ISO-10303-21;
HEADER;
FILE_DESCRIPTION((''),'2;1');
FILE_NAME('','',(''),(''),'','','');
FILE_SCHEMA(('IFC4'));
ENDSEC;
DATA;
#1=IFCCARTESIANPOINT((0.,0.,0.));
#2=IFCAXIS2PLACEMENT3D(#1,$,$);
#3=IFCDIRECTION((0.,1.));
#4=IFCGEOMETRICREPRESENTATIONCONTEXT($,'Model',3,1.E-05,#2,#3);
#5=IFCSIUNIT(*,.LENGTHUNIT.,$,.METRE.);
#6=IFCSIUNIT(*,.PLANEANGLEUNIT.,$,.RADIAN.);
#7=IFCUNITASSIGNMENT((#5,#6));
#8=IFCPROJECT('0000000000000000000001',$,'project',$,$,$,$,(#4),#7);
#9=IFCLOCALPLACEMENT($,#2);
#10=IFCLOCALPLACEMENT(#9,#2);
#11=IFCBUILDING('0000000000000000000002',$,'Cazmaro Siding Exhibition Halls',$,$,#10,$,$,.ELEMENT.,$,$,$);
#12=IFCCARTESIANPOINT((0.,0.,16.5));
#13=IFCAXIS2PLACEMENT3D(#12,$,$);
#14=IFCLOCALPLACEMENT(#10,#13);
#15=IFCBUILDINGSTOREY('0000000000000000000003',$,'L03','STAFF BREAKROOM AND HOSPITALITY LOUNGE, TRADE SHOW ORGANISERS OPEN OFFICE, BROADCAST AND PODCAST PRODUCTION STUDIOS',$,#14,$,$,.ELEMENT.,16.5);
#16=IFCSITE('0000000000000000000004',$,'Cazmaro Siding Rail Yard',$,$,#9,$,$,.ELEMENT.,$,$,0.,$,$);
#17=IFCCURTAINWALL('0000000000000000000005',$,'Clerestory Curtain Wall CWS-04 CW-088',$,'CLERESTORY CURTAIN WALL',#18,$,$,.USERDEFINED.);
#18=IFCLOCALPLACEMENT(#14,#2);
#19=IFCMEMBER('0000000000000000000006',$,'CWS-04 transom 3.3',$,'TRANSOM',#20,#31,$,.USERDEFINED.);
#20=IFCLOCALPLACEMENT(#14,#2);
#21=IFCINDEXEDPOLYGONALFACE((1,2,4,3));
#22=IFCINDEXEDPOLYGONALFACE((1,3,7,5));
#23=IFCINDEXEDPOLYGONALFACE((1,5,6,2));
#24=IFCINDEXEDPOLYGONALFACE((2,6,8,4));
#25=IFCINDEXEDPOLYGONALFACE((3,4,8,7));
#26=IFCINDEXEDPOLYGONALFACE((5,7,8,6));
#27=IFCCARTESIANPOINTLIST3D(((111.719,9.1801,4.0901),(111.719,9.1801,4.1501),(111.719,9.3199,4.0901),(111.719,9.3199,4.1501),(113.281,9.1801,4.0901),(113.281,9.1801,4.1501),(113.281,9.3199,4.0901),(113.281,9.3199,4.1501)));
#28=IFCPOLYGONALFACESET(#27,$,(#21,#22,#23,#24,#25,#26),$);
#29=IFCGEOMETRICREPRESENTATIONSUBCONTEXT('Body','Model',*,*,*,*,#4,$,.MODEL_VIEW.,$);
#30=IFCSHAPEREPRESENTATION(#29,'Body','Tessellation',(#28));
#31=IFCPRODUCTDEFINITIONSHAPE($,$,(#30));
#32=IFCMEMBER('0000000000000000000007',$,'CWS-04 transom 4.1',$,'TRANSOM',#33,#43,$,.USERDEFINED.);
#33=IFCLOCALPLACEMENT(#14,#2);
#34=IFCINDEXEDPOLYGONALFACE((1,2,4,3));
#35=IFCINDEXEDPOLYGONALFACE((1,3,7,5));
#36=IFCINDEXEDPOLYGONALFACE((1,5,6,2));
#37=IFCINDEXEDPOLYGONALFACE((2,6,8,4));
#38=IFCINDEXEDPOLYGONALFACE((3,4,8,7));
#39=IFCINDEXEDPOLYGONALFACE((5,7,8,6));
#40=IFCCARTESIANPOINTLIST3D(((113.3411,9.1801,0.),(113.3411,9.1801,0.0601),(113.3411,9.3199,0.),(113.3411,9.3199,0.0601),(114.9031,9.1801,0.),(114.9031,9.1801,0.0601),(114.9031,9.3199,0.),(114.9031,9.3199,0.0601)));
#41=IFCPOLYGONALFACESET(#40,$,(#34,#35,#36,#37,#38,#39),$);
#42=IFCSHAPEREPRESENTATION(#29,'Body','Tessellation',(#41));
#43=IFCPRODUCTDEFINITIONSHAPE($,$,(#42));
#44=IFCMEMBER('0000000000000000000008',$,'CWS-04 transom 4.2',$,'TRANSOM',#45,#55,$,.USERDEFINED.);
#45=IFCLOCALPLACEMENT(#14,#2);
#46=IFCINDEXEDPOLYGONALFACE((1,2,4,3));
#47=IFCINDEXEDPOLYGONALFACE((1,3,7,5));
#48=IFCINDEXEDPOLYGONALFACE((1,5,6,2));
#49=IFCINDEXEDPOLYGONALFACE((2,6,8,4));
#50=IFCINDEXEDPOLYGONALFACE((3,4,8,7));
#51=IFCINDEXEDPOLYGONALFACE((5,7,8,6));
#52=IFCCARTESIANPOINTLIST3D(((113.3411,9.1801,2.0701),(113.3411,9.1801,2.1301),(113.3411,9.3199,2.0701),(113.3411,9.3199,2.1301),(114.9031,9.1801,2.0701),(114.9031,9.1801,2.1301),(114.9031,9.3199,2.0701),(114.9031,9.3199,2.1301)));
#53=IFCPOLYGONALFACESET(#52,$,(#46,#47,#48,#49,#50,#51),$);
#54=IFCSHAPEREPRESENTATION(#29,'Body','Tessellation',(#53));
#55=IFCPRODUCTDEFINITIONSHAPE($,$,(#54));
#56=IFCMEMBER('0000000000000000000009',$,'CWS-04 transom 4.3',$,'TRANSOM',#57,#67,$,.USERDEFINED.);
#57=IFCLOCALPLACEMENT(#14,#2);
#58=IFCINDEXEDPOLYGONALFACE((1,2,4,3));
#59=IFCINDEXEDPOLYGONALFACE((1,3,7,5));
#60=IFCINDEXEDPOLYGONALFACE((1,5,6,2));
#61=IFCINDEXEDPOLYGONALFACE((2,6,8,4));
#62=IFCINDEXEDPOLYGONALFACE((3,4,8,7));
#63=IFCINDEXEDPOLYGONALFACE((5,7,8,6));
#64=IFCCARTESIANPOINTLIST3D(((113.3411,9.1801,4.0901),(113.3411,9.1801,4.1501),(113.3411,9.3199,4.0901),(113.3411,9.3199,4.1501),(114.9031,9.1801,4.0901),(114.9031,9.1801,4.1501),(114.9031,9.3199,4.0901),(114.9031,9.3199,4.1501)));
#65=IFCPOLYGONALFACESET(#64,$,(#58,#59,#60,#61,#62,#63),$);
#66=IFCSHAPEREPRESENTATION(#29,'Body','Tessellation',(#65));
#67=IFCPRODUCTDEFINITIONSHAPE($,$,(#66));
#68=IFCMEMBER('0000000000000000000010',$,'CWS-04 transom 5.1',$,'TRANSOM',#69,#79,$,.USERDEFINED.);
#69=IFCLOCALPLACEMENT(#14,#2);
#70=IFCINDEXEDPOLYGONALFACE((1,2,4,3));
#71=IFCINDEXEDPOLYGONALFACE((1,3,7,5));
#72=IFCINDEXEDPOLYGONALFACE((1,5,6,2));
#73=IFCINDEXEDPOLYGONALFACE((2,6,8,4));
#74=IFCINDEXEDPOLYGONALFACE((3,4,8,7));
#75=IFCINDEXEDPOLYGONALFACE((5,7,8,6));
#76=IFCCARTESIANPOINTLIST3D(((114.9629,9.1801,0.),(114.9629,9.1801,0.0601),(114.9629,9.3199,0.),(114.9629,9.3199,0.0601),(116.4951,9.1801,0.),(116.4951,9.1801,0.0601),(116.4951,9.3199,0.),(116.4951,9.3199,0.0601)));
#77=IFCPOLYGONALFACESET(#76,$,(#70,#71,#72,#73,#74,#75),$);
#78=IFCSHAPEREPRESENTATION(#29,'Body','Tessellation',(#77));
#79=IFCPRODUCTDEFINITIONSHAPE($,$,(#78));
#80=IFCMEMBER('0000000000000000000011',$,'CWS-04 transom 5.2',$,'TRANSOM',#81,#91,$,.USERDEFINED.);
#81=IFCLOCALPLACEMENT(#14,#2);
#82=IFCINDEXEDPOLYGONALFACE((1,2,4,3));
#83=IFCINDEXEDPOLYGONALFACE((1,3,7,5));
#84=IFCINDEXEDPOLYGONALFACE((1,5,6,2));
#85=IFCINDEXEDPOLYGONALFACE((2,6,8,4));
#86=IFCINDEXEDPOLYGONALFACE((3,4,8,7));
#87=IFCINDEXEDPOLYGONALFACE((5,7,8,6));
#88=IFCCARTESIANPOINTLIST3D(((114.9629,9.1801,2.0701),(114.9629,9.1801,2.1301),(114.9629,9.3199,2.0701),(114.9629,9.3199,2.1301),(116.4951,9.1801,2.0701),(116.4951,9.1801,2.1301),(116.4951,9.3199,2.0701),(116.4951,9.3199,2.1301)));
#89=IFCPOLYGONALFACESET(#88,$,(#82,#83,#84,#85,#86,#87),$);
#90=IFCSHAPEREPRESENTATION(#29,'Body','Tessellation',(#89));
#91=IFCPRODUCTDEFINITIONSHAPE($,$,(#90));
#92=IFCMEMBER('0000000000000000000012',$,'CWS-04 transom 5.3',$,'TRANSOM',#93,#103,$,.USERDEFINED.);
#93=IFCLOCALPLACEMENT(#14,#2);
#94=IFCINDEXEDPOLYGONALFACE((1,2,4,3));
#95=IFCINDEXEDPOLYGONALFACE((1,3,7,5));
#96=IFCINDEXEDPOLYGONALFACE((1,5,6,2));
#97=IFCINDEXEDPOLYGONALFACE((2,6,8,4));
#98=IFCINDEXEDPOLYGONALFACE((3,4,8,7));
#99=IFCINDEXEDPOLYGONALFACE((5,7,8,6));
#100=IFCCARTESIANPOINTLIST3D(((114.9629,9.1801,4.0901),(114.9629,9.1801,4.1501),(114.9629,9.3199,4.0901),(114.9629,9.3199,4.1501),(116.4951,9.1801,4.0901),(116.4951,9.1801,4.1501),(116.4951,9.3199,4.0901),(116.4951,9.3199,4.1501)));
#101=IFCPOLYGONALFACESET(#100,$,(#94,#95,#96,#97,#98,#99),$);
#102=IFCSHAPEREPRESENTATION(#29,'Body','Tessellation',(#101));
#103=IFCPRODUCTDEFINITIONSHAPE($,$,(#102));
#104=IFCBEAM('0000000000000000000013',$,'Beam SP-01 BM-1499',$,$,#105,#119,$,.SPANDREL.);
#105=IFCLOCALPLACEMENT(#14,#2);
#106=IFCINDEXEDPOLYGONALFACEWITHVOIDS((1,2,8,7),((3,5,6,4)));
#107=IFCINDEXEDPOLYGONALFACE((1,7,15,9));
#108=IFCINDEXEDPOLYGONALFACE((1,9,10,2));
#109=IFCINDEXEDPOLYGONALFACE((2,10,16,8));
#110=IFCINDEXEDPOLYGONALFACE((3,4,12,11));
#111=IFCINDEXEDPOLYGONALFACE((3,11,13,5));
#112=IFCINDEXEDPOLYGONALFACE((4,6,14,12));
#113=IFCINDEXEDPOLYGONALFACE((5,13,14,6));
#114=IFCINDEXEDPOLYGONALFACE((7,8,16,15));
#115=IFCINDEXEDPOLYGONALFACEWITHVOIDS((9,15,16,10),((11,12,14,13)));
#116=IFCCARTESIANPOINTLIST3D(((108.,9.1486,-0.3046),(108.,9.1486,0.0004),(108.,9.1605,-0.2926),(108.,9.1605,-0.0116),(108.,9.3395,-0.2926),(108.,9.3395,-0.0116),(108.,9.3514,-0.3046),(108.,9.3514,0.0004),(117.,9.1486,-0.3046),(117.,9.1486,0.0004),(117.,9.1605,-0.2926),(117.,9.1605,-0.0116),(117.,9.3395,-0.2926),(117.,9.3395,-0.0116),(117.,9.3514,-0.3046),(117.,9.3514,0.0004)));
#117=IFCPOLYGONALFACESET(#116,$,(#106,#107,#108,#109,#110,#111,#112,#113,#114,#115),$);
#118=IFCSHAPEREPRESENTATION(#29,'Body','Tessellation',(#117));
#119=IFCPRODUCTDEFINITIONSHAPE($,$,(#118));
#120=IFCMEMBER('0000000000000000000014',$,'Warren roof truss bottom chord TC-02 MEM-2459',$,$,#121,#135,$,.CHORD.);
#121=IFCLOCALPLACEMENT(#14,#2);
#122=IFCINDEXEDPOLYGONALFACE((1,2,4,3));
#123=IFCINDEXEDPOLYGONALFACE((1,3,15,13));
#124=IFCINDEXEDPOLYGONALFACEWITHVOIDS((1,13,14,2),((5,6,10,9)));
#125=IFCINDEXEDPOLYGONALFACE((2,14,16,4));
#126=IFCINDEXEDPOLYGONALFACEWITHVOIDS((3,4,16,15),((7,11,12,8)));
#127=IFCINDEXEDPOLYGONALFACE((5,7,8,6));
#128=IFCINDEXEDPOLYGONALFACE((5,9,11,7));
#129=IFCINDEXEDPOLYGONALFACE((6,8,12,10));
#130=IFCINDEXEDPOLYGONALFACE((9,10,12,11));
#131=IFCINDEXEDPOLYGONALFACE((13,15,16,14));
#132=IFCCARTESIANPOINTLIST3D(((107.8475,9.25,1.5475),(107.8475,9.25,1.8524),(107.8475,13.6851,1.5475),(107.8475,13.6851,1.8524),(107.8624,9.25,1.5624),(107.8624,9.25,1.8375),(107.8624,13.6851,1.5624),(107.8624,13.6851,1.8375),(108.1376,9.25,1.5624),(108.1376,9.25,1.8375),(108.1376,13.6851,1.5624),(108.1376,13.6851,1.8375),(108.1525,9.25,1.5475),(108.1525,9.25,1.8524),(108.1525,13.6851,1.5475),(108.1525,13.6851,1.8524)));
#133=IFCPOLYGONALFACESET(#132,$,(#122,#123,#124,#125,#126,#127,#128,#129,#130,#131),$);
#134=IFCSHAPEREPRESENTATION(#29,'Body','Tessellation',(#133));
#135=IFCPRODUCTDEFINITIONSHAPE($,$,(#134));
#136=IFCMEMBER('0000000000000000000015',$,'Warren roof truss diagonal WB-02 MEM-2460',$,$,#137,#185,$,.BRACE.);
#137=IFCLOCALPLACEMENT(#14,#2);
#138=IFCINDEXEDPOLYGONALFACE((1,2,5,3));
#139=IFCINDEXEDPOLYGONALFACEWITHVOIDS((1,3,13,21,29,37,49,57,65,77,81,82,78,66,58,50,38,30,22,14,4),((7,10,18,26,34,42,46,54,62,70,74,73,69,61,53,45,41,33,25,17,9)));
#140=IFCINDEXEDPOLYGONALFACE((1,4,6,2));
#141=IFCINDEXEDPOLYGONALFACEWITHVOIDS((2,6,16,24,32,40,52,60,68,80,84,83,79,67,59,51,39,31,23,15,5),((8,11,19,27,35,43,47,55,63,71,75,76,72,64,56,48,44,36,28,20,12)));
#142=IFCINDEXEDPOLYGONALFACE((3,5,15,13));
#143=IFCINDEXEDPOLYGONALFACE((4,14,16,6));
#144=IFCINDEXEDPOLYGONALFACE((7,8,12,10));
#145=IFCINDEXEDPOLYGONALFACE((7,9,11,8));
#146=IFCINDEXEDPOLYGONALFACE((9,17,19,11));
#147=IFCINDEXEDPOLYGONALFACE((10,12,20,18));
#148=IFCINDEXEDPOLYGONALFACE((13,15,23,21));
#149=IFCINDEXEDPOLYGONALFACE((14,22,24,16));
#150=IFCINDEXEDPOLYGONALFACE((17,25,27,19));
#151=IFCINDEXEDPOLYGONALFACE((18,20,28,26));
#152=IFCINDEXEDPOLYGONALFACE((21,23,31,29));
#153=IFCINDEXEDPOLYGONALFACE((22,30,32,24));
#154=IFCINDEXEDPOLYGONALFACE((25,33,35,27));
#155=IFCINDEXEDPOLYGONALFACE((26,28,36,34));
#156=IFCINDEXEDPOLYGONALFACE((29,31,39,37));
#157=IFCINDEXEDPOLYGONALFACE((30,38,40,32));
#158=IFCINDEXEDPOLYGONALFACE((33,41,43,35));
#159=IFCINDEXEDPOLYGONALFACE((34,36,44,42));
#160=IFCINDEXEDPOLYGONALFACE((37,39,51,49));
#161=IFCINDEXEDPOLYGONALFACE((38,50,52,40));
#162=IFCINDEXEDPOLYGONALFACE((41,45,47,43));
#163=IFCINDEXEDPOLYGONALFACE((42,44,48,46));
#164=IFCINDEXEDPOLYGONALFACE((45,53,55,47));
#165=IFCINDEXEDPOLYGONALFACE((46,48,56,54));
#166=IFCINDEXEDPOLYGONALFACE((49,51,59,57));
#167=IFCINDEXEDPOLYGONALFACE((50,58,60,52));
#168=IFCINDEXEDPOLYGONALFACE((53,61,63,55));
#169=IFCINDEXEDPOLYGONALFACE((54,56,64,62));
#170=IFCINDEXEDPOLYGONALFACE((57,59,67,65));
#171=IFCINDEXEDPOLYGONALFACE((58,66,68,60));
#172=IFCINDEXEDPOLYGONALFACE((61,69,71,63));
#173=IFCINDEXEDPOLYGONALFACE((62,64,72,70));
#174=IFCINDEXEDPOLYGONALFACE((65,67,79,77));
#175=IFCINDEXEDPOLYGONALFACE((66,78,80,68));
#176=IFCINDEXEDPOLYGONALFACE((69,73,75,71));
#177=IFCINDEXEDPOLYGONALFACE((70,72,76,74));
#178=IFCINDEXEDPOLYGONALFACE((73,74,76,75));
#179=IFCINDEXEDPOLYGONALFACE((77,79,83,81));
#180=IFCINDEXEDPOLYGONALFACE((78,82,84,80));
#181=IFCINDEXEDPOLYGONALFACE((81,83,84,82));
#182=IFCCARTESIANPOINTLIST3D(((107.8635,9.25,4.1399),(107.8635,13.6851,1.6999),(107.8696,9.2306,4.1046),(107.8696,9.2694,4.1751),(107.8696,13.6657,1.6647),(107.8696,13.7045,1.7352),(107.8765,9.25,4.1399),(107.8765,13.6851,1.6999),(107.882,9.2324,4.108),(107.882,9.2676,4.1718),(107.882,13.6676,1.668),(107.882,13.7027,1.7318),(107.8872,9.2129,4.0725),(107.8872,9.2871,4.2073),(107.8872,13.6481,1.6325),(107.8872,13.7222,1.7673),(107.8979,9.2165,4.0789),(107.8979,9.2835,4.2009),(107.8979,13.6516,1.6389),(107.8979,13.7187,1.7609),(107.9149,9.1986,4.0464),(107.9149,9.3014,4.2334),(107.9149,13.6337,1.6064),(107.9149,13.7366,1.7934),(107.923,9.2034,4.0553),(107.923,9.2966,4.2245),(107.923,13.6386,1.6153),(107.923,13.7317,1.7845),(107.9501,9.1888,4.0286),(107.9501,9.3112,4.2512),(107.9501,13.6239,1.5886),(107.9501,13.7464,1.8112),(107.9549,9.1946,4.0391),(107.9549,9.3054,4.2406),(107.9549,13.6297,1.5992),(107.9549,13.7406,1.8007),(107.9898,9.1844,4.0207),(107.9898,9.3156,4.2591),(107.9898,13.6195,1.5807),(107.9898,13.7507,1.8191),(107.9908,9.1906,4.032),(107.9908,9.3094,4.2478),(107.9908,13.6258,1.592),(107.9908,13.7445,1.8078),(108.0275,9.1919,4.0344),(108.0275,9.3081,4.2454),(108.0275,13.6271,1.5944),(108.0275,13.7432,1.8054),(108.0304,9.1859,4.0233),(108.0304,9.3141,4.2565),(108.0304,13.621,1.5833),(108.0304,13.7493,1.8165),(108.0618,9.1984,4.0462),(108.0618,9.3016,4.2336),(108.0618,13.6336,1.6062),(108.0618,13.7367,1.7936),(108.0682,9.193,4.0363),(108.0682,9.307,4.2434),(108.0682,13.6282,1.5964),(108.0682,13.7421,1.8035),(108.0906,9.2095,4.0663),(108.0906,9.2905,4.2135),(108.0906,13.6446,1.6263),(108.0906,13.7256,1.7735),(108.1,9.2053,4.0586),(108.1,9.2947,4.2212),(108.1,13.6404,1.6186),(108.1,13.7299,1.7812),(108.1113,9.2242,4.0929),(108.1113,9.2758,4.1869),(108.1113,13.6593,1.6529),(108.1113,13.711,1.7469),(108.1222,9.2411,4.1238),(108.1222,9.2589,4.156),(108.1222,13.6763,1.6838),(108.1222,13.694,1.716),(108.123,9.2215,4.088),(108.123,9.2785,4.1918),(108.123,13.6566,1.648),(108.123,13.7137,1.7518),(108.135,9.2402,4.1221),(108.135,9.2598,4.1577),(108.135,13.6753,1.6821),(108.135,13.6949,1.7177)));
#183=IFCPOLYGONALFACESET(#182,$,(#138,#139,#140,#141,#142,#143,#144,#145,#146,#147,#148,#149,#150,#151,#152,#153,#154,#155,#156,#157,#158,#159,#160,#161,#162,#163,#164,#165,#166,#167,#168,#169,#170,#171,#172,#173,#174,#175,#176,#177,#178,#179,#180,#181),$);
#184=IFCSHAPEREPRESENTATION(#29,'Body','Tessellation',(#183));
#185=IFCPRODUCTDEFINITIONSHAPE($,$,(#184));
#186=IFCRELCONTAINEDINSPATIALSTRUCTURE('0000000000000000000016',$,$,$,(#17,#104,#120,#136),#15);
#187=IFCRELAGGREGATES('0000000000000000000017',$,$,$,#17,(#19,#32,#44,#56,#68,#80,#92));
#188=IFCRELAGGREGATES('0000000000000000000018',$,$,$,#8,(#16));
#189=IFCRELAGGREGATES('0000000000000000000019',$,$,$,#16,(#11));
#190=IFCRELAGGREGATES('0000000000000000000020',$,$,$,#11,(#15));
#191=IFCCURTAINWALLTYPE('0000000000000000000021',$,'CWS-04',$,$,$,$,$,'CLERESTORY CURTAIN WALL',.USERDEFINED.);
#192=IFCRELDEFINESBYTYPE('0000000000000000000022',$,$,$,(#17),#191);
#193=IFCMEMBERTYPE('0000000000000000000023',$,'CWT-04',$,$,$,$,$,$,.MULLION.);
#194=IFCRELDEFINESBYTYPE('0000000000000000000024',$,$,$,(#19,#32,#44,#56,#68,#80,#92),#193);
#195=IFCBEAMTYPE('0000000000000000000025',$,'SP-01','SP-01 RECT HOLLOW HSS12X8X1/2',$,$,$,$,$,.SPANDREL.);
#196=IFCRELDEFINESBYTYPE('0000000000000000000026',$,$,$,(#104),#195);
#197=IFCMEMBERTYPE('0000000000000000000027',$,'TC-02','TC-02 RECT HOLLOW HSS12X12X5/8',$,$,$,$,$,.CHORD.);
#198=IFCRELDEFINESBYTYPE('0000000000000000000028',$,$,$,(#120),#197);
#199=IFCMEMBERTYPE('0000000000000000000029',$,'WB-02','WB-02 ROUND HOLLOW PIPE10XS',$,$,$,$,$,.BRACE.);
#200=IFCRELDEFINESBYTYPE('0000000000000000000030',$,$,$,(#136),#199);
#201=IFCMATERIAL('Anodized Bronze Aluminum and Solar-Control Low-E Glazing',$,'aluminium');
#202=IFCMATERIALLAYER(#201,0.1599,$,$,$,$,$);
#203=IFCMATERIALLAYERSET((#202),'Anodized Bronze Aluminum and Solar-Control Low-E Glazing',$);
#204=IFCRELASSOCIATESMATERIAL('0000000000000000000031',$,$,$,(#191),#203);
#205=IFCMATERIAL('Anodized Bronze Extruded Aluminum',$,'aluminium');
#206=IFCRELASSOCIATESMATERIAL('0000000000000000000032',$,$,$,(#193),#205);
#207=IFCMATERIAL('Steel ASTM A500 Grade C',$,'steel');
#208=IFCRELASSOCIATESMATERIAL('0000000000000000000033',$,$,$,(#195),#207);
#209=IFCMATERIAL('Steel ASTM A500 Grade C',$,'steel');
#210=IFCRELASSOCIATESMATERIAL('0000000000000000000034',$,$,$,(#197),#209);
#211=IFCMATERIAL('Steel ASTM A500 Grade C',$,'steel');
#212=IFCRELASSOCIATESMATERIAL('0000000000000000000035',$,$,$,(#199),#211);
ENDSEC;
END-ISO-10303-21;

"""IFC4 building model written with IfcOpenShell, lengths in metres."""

from ifc_helpers import new_model, si_unit, direction, frame, origin, origin_2d, place, context, subcontext, project, spatial, rectangle, hollow_rectangle, hollow_circle, extrude, material, layer, layer_set, material_profile, profile_set, type_object, element, aggregate, save


model = new_model("IFC4")

# Units and contexts
model_context = context("Model", 3, precision=1e-05, world=origin(), true_north=direction((0.0, 1.0)))
body_context = subcontext(model_context, "Body", "Model", "MODEL_VIEW")
ifc_project = project(units=[si_unit("LENGTHUNIT", "METRE"), si_unit("PLANEANGLEUNIT", "RADIAN")], contexts=[model_context])

# Site, building, storey
site_placement = place(None, origin())
site = spatial("IfcSite", under=ifc_project, at=site_placement, Name="Cazmaro Siding Rail Yard", CompositionType="ELEMENT", RefElevation=0.0)
building_placement = place(site_placement, origin())
building = spatial("IfcBuilding", under=site, at=building_placement, Name="Cazmaro Siding Exhibition Halls", CompositionType="ELEMENT")
storey_placement = place(building_placement, frame((0.0, 0.0, 16.5)))
storey = spatial("IfcBuildingStorey", under=building, at=storey_placement, Name="L03", Description="STAFF BREAKROOM AND HOSPITALITY LOUNGE, TRADE SHOW ORGANISERS OPEN OFFICE, BROADCAST AND PODCAST PRODUCTION STUDIOS", CompositionType="ELEMENT", Elevation=16.5)

# Curtain wall, members
ifc_material_1 = material(Name="Anodized Bronze Aluminum and Solar-Control Low-E Glazing", Category="aluminium")
ifc_layer_1 = layer(ifc_material_1, 0.1599)
ifc_layer_set_1 = layer_set([ifc_layer_1], Name="Anodized Bronze Aluminum and Solar-Control Low-E Glazing")
curtain_wall_type = type_object("IfcCurtainWallType", Name="CWS-04", ElementType="CLERESTORY CURTAIN WALL", PredefinedType="USERDEFINED", material=ifc_layer_set_1)
curtain_wall_placement = place(storey_placement, origin())
curtain_wall = element("IfcCurtainWall", 1, at=curtain_wall_placement, inside=storey, type_object=curtain_wall_type, Name="Clerestory Curtain Wall CWS-04 CW-088", ObjectType="CLERESTORY CURTAIN WALL", PredefinedType="USERDEFINED")
ifc_material_2 = material(Name="Anodized Bronze Extruded Aluminum", Category="aluminium")
ifc_material_profile_1 = material_profile(ifc_material_2, rectangle(XDim=0.1399, YDim=0.0601, at=origin_2d()), Name="CWT-04")
ifc_profile_set_1 = profile_set([ifc_material_profile_1], Name="Anodized Bronze Extruded Aluminum")
member_type_1 = type_object("IfcMemberType", Name="CWT-04", PredefinedType="MULLION", material=ifc_profile_set_1)
member_1_placement = place(storey_placement, frame((111.719, 9.25, 4.1201), z_axis=(1.0, 0.0, 0.0), x_axis=(0.0, 1.0, 0.0)))
member_1 = element("IfcMember", 2, at=member_1_placement, type_object=member_type_1, Name="CWS-04 transom 3.3", ObjectType="TRANSOM", PredefinedType="USERDEFINED", context=body_context, shape_type="SweptSolid", body=[
    extrude(rectangle(XDim=0.1399, YDim=0.0601, at=origin_2d()), origin(), (0.0, 0.0, 1.0), 1.562),
])
member_2_placement = place(storey_placement, frame((113.3411, 9.25, 0.03), z_axis=(1.0, 0.0, 0.0), x_axis=(0.0, 1.0, 0.0)))
member_2 = element("IfcMember", 3, at=member_2_placement, type_object=member_type_1, Name="CWS-04 transom 4.1", ObjectType="TRANSOM", PredefinedType="USERDEFINED", context=body_context, shape_type="SweptSolid", body=[
    extrude(rectangle(XDim=0.1399, YDim=0.0601, at=origin_2d()), origin(), (0.0, 0.0, 1.0), 1.562),
])
member_3_placement = place(storey_placement, frame((113.3411, 9.25, 2.1001), z_axis=(1.0, 0.0, 0.0), x_axis=(0.0, 1.0, 0.0)))
member_3 = element("IfcMember", 4, at=member_3_placement, type_object=member_type_1, Name="CWS-04 transom 4.2", ObjectType="TRANSOM", PredefinedType="USERDEFINED", context=body_context, shape_type="SweptSolid", body=[
    extrude(rectangle(XDim=0.1399, YDim=0.0601, at=origin_2d()), origin(), (0.0, 0.0, 1.0), 1.562),
])
member_4_placement = place(storey_placement, frame((113.3411, 9.25, 4.1201), z_axis=(1.0, 0.0, 0.0), x_axis=(0.0, 1.0, 0.0)))
member_4 = element("IfcMember", 5, at=member_4_placement, type_object=member_type_1, Name="CWS-04 transom 4.3", ObjectType="TRANSOM", PredefinedType="USERDEFINED", context=body_context, shape_type="SweptSolid", body=[
    extrude(rectangle(XDim=0.1399, YDim=0.0601, at=origin_2d()), origin(), (0.0, 0.0, 1.0), 1.562),
])
member_5_placement = place(storey_placement, frame((114.9629, 9.25, 0.03), z_axis=(1.0, 0.0, 0.0), x_axis=(0.0, 1.0, 0.0)))
member_5 = element("IfcMember", 6, at=member_5_placement, type_object=member_type_1, Name="CWS-04 transom 5.1", ObjectType="TRANSOM", PredefinedType="USERDEFINED", context=body_context, shape_type="SweptSolid", body=[
    extrude(rectangle(XDim=0.1399, YDim=0.0601, at=origin_2d()), origin(), (0.0, 0.0, 1.0), 1.5322),
])
member_6_placement = place(storey_placement, frame((114.9629, 9.25, 2.1001), z_axis=(1.0, 0.0, 0.0), x_axis=(0.0, 1.0, 0.0)))
member_6 = element("IfcMember", 7, at=member_6_placement, type_object=member_type_1, Name="CWS-04 transom 5.2", ObjectType="TRANSOM", PredefinedType="USERDEFINED", context=body_context, shape_type="SweptSolid", body=[
    extrude(rectangle(XDim=0.1399, YDim=0.0601, at=origin_2d()), origin(), (0.0, 0.0, 1.0), 1.5322),
])
member_7_placement = place(storey_placement, frame((114.9629, 9.25, 4.1201), z_axis=(1.0, 0.0, 0.0), x_axis=(0.0, 1.0, 0.0)))
member_7 = element("IfcMember", 8, at=member_7_placement, type_object=member_type_1, Name="CWS-04 transom 5.3", ObjectType="TRANSOM", PredefinedType="USERDEFINED", context=body_context, shape_type="SweptSolid", body=[
    extrude(rectangle(XDim=0.1399, YDim=0.0601, at=origin_2d()), origin(), (0.0, 0.0, 1.0), 1.5322),
])

# Beam
ifc_material_3 = material(Name="Steel ASTM A500 Grade C", Category="steel")
ifc_material_profile_2 = material_profile(ifc_material_3, hollow_rectangle(XDim=0.2029, YDim=0.3049, WallThickness=0.012, at=origin_2d()), Name="HSS12X8X1/2")
ifc_profile_set_2 = profile_set([ifc_material_profile_2], Name="Steel ASTM A500 Grade C")
beam_type = type_object("IfcBeamType", Name="SP-01", Description="SP-01 RECT HOLLOW HSS12X8X1/2", PredefinedType="SPANDREL", material=ifc_profile_set_2)
beam_placement = place(storey_placement, frame((108.0, 9.25, -0.1521), z_axis=(1.0, 0.0, 0.0), x_axis=(0.0, 1.0, 0.0)))
element("IfcBeam", 9, at=beam_placement, inside=storey, type_object=beam_type, Name="Beam SP-01 BM-1499", PredefinedType="SPANDREL", context=body_context, shape_type="SweptSolid", body=[
    extrude(hollow_rectangle(XDim=0.2029, YDim=0.3049, WallThickness=0.012, at=origin_2d()), origin(), (0.0, 0.0, 1.0), 9.0),
])

# Members
ifc_material_4 = material(Name="Steel ASTM A500 Grade C", Category="steel")
ifc_material_profile_3 = material_profile(ifc_material_4, hollow_rectangle(XDim=0.3049, YDim=0.3049, WallThickness=0.0149, at=origin_2d()), Name="HSS12X12X5/8")
ifc_profile_set_3 = profile_set([ifc_material_profile_3], Name="Steel ASTM A500 Grade C")
member_type_2 = type_object("IfcMemberType", Name="TC-02", Description="TC-02 RECT HOLLOW HSS12X12X5/8", PredefinedType="CHORD", material=ifc_profile_set_3)
member_8_placement = place(storey_placement, frame((108.0, 9.25, 1.7), z_axis=(0.0, 1.0, 0.0), x_axis=(-1.0, 0.0, 0.0)))
element("IfcMember", 10, at=member_8_placement, inside=storey, type_object=member_type_2, Name="Warren roof truss bottom chord TC-02 MEM-2459", PredefinedType="CHORD", context=body_context, shape_type="SweptSolid", body=[
    extrude(hollow_rectangle(XDim=0.3049, YDim=0.3049, WallThickness=0.0149, at=origin_2d()), origin(), (0.0, 0.0, 1.0), 4.4351),
])
ifc_material_5 = material(Name="Steel ASTM A500 Grade C", Category="steel")
ifc_material_profile_4 = material_profile(ifc_material_5, hollow_circle(Radius=0.1365, WallThickness=0.0129, at=origin_2d()), Name="PIPE10XS")
ifc_profile_set_4 = profile_set([ifc_material_profile_4], Name="Steel ASTM A500 Grade C")
member_type_3 = type_object("IfcMemberType", Name="WB-02", Description="WB-02 ROUND HOLLOW PIPE10XS", PredefinedType="BRACE", material=ifc_profile_set_4)
member_9_placement = place(storey_placement, frame((108.0, 9.25, 4.1399), z_axis=(0.0, 0.876161, -0.482019), x_axis=(-1.0, 0.0, 0.0)))
element("IfcMember", 11, at=member_9_placement, inside=storey, type_object=member_type_3, Name="Warren roof truss diagonal WB-02 MEM-2460", PredefinedType="BRACE", context=body_context, shape_type="SweptSolid", body=[
    extrude(hollow_circle(Radius=0.1365, WallThickness=0.0129, at=origin_2d()), origin(), (0.0, 0.0, 1.0), 5.062),
])

aggregate(curtain_wall, [member_1, member_2, member_3, member_4, member_5, member_6, member_7])

save(model, "model.ifc")
